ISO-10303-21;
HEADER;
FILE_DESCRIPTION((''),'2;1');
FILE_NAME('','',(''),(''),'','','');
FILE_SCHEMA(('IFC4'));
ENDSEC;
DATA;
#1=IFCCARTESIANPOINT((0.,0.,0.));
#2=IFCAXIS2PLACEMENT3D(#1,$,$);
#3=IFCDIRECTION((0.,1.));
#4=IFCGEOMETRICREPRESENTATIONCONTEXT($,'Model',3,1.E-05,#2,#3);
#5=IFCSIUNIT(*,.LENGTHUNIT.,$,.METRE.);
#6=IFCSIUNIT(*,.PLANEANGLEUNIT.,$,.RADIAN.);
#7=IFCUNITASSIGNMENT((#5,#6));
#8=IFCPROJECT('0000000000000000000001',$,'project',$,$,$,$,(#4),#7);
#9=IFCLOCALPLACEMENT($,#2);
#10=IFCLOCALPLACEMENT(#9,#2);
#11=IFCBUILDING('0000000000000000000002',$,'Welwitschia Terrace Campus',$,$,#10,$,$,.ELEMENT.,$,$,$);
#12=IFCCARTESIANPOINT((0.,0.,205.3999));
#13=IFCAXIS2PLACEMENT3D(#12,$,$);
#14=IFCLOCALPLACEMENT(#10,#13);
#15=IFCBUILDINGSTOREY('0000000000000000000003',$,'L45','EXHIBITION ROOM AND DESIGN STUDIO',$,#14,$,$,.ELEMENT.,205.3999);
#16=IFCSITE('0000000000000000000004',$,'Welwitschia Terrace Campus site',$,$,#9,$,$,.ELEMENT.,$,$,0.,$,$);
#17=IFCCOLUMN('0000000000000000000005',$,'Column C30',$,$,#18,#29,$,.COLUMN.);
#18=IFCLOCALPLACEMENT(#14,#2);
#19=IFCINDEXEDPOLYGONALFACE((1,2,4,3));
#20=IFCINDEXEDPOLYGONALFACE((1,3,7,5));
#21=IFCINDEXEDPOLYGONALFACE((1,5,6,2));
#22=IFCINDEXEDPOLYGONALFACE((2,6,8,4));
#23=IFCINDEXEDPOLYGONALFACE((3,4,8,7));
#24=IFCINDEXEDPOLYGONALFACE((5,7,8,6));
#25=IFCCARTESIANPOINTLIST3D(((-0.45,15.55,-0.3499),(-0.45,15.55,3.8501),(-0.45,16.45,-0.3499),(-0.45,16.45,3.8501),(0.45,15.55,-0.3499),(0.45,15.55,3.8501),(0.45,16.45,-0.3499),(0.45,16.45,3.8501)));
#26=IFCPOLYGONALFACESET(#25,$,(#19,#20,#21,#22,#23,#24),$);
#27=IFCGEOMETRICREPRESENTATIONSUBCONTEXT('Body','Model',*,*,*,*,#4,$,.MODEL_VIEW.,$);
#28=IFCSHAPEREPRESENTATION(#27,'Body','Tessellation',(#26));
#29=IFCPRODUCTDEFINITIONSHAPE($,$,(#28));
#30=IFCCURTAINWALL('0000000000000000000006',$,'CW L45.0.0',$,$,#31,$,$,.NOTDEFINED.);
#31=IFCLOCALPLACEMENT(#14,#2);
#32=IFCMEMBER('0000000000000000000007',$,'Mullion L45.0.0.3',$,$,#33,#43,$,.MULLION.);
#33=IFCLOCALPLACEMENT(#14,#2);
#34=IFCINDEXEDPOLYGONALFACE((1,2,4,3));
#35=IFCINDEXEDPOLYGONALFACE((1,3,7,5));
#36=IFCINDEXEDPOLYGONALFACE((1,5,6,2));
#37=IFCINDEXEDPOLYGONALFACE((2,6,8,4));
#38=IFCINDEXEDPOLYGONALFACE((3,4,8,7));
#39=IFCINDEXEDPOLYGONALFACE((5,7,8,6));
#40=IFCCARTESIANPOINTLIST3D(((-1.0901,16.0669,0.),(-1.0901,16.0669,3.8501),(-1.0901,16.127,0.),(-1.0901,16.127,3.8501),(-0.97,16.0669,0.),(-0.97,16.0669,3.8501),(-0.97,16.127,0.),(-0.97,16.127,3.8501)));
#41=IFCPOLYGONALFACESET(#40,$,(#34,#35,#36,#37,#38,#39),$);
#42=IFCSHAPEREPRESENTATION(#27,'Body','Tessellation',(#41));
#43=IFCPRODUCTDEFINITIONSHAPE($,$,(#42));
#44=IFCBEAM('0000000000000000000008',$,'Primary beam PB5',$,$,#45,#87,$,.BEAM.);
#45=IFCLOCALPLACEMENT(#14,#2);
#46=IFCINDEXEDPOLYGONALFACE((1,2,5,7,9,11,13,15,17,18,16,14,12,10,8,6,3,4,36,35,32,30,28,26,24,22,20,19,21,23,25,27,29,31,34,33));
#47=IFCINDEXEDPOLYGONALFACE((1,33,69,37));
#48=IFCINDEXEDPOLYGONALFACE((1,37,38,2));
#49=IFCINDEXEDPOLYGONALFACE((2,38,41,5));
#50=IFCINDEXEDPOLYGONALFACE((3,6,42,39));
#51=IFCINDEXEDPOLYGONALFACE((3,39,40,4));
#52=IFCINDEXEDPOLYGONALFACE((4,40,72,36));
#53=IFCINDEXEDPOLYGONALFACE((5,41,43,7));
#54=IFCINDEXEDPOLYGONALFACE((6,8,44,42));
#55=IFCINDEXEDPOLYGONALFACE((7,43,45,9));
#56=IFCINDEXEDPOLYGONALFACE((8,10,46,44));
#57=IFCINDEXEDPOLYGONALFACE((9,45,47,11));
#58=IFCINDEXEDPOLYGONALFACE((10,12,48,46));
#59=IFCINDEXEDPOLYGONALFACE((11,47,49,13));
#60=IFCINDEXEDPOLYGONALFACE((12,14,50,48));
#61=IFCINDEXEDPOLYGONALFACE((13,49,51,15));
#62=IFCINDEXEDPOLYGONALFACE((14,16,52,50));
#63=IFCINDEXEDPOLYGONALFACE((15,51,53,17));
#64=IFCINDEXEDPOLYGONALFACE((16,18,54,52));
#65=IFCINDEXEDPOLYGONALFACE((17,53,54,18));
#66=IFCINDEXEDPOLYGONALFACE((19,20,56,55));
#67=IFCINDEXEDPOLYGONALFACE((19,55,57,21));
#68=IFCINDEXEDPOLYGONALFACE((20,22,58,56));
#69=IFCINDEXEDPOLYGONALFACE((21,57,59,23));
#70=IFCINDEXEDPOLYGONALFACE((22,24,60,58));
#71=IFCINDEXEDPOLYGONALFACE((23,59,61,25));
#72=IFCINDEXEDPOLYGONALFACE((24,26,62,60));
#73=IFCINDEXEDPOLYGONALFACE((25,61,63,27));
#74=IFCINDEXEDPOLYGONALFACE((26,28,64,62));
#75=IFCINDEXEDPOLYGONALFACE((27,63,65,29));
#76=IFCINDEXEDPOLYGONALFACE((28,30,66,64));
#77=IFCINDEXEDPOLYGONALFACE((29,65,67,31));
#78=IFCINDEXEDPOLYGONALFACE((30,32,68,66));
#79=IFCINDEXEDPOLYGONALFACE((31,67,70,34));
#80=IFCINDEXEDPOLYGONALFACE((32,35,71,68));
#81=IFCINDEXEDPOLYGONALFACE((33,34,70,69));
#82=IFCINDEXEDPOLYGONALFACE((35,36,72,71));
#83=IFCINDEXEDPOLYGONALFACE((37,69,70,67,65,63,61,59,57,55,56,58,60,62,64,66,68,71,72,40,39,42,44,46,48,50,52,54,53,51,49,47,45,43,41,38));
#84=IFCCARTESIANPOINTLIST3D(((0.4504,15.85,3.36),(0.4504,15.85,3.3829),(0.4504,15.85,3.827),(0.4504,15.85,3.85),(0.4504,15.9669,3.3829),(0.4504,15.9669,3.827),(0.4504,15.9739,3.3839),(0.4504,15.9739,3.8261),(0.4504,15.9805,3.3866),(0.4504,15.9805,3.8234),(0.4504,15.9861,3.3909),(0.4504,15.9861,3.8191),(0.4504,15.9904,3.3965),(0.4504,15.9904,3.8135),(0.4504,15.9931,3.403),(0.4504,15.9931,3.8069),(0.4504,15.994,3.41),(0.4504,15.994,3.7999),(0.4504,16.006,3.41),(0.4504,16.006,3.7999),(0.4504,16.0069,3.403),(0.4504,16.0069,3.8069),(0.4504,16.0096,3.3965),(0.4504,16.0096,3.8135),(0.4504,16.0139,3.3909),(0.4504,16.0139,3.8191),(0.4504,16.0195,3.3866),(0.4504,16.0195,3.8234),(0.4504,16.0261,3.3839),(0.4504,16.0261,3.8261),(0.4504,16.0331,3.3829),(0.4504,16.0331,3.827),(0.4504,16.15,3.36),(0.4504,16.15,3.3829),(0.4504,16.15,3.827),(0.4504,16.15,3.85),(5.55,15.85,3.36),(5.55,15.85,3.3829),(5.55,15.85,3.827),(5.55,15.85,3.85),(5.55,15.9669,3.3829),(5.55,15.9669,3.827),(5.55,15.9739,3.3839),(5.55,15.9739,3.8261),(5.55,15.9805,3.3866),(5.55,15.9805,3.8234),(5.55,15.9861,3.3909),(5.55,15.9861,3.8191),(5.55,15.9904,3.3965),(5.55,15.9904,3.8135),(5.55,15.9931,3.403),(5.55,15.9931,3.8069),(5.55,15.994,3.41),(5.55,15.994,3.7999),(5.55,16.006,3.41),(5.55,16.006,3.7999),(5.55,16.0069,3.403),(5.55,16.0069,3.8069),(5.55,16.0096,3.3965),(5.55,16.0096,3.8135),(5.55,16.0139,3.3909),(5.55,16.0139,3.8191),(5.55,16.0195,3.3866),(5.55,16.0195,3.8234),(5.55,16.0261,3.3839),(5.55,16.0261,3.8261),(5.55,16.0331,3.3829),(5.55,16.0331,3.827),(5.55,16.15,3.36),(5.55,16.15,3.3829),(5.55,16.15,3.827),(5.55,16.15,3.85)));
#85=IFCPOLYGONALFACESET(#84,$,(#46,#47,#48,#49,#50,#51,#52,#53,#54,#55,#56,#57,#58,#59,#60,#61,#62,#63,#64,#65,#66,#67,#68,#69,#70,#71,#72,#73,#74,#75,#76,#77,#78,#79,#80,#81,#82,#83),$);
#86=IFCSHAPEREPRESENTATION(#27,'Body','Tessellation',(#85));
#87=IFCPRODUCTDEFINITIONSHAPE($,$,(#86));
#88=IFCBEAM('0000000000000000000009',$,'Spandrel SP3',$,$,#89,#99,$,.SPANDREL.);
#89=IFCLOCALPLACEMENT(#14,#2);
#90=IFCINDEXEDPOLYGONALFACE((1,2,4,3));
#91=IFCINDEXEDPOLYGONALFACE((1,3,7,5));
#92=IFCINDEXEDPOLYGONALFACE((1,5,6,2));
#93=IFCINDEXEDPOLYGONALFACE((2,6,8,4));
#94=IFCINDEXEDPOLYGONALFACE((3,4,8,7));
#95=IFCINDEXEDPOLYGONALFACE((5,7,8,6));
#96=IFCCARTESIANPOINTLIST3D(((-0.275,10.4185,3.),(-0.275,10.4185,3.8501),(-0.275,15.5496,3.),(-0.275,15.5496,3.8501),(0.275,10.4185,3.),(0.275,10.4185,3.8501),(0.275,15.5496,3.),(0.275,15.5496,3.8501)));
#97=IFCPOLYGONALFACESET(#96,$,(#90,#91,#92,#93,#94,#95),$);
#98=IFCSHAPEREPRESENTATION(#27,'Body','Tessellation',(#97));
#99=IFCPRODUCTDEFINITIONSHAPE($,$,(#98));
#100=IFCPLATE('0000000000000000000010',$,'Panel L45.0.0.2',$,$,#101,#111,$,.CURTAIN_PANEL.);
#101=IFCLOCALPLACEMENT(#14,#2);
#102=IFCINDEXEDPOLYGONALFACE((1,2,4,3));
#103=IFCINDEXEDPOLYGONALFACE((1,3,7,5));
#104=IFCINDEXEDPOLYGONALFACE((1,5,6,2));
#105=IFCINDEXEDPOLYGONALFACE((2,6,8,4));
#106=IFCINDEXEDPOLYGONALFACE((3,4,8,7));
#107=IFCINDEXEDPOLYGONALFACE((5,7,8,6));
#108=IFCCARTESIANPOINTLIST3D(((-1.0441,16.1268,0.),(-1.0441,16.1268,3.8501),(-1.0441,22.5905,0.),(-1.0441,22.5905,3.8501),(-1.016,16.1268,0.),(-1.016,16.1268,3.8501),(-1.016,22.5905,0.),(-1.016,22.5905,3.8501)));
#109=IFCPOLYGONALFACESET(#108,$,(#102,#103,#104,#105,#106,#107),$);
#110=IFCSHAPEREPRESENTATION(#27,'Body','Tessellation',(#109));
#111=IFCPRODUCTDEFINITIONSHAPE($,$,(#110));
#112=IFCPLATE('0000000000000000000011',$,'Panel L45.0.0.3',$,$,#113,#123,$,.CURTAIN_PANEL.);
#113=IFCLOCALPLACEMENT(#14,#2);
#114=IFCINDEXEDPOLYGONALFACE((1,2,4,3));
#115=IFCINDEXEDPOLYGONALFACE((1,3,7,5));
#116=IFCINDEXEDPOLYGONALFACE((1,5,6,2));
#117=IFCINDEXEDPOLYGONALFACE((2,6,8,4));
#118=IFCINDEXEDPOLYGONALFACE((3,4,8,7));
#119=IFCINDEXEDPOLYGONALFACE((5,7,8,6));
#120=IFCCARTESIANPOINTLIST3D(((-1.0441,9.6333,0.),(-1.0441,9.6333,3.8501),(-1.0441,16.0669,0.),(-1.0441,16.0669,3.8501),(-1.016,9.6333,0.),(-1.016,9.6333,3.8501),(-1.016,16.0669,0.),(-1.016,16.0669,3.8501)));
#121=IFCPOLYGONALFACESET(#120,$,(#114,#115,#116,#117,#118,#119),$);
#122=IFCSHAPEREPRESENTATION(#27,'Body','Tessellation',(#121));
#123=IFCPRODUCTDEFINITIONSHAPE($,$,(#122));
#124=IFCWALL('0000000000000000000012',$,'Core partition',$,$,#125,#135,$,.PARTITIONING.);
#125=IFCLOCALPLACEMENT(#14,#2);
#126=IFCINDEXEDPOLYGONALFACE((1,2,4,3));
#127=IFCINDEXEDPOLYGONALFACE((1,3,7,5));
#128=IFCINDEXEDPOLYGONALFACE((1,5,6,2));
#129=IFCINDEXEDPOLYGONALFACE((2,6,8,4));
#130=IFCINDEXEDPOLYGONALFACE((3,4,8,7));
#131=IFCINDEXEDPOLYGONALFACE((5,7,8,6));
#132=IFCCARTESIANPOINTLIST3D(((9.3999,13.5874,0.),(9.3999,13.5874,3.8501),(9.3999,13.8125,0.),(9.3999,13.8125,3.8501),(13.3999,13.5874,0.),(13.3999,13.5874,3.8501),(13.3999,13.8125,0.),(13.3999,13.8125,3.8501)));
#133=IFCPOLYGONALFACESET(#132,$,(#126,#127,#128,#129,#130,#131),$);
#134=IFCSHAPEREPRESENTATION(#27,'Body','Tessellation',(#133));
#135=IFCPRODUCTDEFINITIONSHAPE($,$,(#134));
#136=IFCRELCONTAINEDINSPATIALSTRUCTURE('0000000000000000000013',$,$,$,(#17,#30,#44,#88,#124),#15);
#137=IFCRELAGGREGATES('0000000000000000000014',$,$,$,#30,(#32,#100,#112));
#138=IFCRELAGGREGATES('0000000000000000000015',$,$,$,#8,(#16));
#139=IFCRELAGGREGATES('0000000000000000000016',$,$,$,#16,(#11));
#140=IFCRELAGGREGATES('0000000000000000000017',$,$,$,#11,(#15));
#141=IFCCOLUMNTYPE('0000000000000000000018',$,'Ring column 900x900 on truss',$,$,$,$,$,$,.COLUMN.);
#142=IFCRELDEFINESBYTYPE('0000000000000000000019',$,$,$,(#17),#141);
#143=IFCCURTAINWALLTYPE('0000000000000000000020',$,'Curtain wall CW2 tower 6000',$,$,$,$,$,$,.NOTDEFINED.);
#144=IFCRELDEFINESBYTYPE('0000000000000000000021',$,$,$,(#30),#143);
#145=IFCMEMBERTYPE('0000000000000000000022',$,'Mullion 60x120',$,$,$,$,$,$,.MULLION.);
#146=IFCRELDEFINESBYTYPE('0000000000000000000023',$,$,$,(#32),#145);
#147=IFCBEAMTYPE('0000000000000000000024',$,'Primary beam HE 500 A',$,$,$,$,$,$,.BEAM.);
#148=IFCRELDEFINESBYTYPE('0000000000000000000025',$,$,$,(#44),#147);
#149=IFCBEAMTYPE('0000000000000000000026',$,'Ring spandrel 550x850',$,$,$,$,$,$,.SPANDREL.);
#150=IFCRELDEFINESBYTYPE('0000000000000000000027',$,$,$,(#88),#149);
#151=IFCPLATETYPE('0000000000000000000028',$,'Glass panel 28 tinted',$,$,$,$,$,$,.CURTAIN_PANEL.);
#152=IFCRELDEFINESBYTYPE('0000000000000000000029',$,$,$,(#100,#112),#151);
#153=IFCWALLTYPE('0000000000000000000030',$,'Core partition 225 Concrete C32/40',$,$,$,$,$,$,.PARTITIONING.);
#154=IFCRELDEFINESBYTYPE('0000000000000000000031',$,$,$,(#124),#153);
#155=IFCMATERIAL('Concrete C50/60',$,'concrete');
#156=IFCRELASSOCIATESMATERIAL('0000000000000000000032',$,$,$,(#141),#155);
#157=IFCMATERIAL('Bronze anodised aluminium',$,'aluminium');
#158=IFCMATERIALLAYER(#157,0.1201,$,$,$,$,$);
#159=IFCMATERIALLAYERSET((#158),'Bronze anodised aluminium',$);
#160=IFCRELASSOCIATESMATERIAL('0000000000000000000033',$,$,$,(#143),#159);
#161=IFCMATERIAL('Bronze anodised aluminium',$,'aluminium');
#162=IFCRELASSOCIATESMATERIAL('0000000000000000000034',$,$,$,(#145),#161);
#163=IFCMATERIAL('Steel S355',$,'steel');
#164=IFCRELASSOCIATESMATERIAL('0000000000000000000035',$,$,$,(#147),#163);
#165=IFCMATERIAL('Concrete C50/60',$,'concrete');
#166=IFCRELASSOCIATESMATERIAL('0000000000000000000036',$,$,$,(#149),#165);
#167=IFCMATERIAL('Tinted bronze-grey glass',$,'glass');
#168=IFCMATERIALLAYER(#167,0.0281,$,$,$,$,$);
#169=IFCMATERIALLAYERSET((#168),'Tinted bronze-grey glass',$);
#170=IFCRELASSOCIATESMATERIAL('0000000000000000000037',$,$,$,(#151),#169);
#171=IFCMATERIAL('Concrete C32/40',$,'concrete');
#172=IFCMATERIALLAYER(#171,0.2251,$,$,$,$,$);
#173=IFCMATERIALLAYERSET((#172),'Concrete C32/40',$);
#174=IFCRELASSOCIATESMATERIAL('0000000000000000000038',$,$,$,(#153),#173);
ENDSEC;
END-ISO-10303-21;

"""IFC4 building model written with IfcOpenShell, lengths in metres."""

from ifc_helpers import new_model, si_unit, direction, frame, frame_2d, origin, origin_2d, place, context, subcontext, project, spatial, rectangle, i_section, extrude, material, layer, layer_set, material_profile, profile_set, type_object, element, aggregate, save


model = new_model("IFC4")

# Units and contexts
model_context = context("Model", 3, precision=1e-05, world=origin(), true_north=direction((0.0, 1.0)))
body_context = subcontext(model_context, "Body", "Model", "MODEL_VIEW")
ifc_project = project(units=[si_unit("LENGTHUNIT", "METRE"), si_unit("PLANEANGLEUNIT", "RADIAN")], contexts=[model_context])

# Site, building, storey
site_placement = place(None, origin())
site = spatial("IfcSite", under=ifc_project, at=site_placement, Name="Welwitschia Terrace Campus site", CompositionType="ELEMENT", RefElevation=0.0)
building_placement = place(site_placement, origin())
building = spatial("IfcBuilding", under=site, at=building_placement, Name="Welwitschia Terrace Campus", CompositionType="ELEMENT")
storey_placement = place(building_placement, frame((0.0, 0.0, 205.3999)))
storey = spatial("IfcBuildingStorey", under=building, at=storey_placement, Name="L45", Description="EXHIBITION ROOM AND DESIGN STUDIO", CompositionType="ELEMENT", Elevation=205.3999)

# Column
ifc_material_1 = material(Name="Concrete C50/60", Category="concrete")
ifc_material_profile_1 = material_profile(ifc_material_1, rectangle(XDim=0.8999, YDim=0.8999, at=origin_2d()))
ifc_profile_set_1 = profile_set([ifc_material_profile_1], Name="Concrete C50/60")
column_type = type_object("IfcColumnType", Name="Ring column 900x900 on truss", PredefinedType="COLUMN", material=ifc_profile_set_1)
column_placement = place(storey_placement, frame((0.0, 16.0, -0.3499), z_axis=(0.0, 0.0, 1.0), x_axis=(1.0, 0.0, 0.0)))
element("IfcColumn", 1, at=column_placement, inside=storey, type_object=column_type, Name="Column C30", PredefinedType="COLUMN", context=body_context, shape_type="SweptSolid", body=[
    extrude(rectangle(XDim=0.8999, YDim=0.8999, at=origin_2d()), origin(), (0.0, 0.0, 1.0), 4.2),
])

# Curtain wall, member
ifc_material_2 = material(Name="Bronze anodised aluminium", Category="aluminium")
ifc_layer_1 = layer(ifc_material_2, 0.1201)
ifc_layer_set_1 = layer_set([ifc_layer_1], Name="Bronze anodised aluminium")
curtain_wall_type = type_object("IfcCurtainWallType", Name="Curtain wall CW2 tower 6000", PredefinedType="NOTDEFINED", material=ifc_layer_set_1)
curtain_wall_placement = place(storey_placement, origin())
curtain_wall = element("IfcCurtainWall", 2, at=curtain_wall_placement, inside=storey, type_object=curtain_wall_type, Name="CW L45.0.0", PredefinedType="NOTDEFINED")
ifc_material_3 = material(Name="Bronze anodised aluminium", Category="aluminium")
ifc_material_profile_2 = material_profile(ifc_material_3, rectangle(XDim=0.1201, YDim=0.0601, at=origin_2d()))
ifc_profile_set_2 = profile_set([ifc_material_profile_2], Name="Bronze anodised aluminium")
member_type = type_object("IfcMemberType", Name="Mullion 60x120", PredefinedType="MULLION", material=ifc_profile_set_2)
member_placement = place(storey_placement, frame((-1.03, 16.0969, 0.0), z_axis=(0.0, 0.0, 1.0), x_axis=(1.0, 0.0, 0.0)))
member = element("IfcMember", 3, at=member_placement, type_object=member_type, Name="Mullion L45.0.0.3", PredefinedType="MULLION", context=body_context, shape_type="SweptSolid", body=[
    extrude(rectangle(XDim=0.1201, YDim=0.0601, at=origin_2d()), origin(), (0.0, 0.0, 1.0), 3.8501),
])

# Beams
ifc_material_4 = material(Name="Steel S355", Category="steel")
ifc_material_profile_3 = material_profile(ifc_material_4, i_section(OverallWidth=0.3, OverallDepth=0.49, WebThickness=0.012, FlangeThickness=0.0229, FilletRadius=0.0271, at=origin_2d()))
ifc_profile_set_3 = profile_set([ifc_material_profile_3], Name="Steel S355")
beam_type_1 = type_object("IfcBeamType", Name="Primary beam HE 500 A", PredefinedType="BEAM", material=ifc_profile_set_3)
beam_1_placement = place(storey_placement, frame((0.4504, 16.0, 3.605), z_axis=(1.0, 0.0, 0.0), x_axis=(0.0, 1.0, 0.0)))
element("IfcBeam", 4, at=beam_1_placement, inside=storey, type_object=beam_type_1, Name="Primary beam PB5", PredefinedType="BEAM", context=body_context, shape_type="SweptSolid", body=[
    extrude(i_section(OverallWidth=0.3, OverallDepth=0.49, WebThickness=0.012, FlangeThickness=0.0229, FilletRadius=0.0271, at=origin_2d()), origin(), (0.0, 0.0, 1.0), 5.0996),
])
ifc_material_5 = material(Name="Concrete C50/60", Category="concrete")
ifc_material_profile_4 = material_profile(ifc_material_5, rectangle(XDim=0.55, YDim=0.8501, at=origin_2d()))
ifc_profile_set_4 = profile_set([ifc_material_profile_4], Name="Concrete C50/60")
beam_type_2 = type_object("IfcBeamType", Name="Ring spandrel 550x850", PredefinedType="SPANDREL", material=ifc_profile_set_4)
beam_2_placement = place(storey_placement, frame((0.0, 15.5496, 3.425), z_axis=(0.0, -1.0, 0.0), x_axis=(1.0, 0.0, 0.0)))
element("IfcBeam", 5, at=beam_2_placement, inside=storey, type_object=beam_type_2, Name="Spandrel SP3", PredefinedType="SPANDREL", context=body_context, shape_type="SweptSolid", body=[
    extrude(rectangle(XDim=0.55, YDim=0.8501, at=origin_2d()), origin(), (0.0, 0.0, 1.0), 5.1311),
])

# Plates
ifc_material_6 = material(Name="Tinted bronze-grey glass", Category="glass")
ifc_layer_2 = layer(ifc_material_6, 0.0281)
ifc_layer_set_2 = layer_set([ifc_layer_2], Name="Tinted bronze-grey glass")
plate_type = type_object("IfcPlateType", Name="Glass panel 28 tinted", PredefinedType="CURTAIN_PANEL", material=ifc_layer_set_2)
plate_1_placement = place(storey_placement, frame((-1.03, 19.3586, 0.0), z_axis=(0.0, 0.0, 1.0), x_axis=(0.0, -1.0, 0.0)))
plate_1 = element("IfcPlate", 6, at=plate_1_placement, type_object=plate_type, Name="Panel L45.0.0.2", PredefinedType="CURTAIN_PANEL", context=body_context, shape_type="SweptSolid", body=[
    extrude(rectangle(XDim=6.4636, YDim=0.0281, at=origin_2d()), origin(), (0.0, 0.0, 1.0), 3.8501),
])
plate_2_placement = place(storey_placement, frame((-1.03, 12.8501, 0.0), z_axis=(0.0, 0.0, 1.0), x_axis=(0.0, -1.0, 0.0)))
plate_2 = element("IfcPlate", 7, at=plate_2_placement, type_object=plate_type, Name="Panel L45.0.0.3", PredefinedType="CURTAIN_PANEL", context=body_context, shape_type="SweptSolid", body=[
    extrude(rectangle(XDim=6.4336, YDim=0.0281, at=origin_2d()), origin(), (0.0, 0.0, 1.0), 3.8501),
])
aggregate(curtain_wall, [member, plate_1, plate_2])

# Wall
ifc_material_7 = material(Name="Concrete C32/40", Category="concrete")
ifc_layer_3 = layer(ifc_material_7, 0.2251)
ifc_layer_set_3 = layer_set([ifc_layer_3], Name="Concrete C32/40")
wall_type_1 = type_object("IfcWallType", Name="Core partition 225 Concrete C32/40", PredefinedType="PARTITIONING", material=ifc_layer_set_3)
wall_1_placement = place(storey_placement, frame((9.3999, 13.7, 0.0), z_axis=(0.0, 0.0, 1.0), x_axis=(1.0, 0.0, 0.0)))
element("IfcWall", 8, at=wall_1_placement, inside=storey, type_object=wall_type_1, Name="Core partition", PredefinedType="PARTITIONING", context=body_context, shape_type="SweptSolid", body=[
    extrude(rectangle(XDim=4.0, YDim=0.2251, at=frame_2d((2.0, 0.0))), origin(), (0.0, 0.0, 1.0), 3.8501),
])

save(model, "model.ifc")
